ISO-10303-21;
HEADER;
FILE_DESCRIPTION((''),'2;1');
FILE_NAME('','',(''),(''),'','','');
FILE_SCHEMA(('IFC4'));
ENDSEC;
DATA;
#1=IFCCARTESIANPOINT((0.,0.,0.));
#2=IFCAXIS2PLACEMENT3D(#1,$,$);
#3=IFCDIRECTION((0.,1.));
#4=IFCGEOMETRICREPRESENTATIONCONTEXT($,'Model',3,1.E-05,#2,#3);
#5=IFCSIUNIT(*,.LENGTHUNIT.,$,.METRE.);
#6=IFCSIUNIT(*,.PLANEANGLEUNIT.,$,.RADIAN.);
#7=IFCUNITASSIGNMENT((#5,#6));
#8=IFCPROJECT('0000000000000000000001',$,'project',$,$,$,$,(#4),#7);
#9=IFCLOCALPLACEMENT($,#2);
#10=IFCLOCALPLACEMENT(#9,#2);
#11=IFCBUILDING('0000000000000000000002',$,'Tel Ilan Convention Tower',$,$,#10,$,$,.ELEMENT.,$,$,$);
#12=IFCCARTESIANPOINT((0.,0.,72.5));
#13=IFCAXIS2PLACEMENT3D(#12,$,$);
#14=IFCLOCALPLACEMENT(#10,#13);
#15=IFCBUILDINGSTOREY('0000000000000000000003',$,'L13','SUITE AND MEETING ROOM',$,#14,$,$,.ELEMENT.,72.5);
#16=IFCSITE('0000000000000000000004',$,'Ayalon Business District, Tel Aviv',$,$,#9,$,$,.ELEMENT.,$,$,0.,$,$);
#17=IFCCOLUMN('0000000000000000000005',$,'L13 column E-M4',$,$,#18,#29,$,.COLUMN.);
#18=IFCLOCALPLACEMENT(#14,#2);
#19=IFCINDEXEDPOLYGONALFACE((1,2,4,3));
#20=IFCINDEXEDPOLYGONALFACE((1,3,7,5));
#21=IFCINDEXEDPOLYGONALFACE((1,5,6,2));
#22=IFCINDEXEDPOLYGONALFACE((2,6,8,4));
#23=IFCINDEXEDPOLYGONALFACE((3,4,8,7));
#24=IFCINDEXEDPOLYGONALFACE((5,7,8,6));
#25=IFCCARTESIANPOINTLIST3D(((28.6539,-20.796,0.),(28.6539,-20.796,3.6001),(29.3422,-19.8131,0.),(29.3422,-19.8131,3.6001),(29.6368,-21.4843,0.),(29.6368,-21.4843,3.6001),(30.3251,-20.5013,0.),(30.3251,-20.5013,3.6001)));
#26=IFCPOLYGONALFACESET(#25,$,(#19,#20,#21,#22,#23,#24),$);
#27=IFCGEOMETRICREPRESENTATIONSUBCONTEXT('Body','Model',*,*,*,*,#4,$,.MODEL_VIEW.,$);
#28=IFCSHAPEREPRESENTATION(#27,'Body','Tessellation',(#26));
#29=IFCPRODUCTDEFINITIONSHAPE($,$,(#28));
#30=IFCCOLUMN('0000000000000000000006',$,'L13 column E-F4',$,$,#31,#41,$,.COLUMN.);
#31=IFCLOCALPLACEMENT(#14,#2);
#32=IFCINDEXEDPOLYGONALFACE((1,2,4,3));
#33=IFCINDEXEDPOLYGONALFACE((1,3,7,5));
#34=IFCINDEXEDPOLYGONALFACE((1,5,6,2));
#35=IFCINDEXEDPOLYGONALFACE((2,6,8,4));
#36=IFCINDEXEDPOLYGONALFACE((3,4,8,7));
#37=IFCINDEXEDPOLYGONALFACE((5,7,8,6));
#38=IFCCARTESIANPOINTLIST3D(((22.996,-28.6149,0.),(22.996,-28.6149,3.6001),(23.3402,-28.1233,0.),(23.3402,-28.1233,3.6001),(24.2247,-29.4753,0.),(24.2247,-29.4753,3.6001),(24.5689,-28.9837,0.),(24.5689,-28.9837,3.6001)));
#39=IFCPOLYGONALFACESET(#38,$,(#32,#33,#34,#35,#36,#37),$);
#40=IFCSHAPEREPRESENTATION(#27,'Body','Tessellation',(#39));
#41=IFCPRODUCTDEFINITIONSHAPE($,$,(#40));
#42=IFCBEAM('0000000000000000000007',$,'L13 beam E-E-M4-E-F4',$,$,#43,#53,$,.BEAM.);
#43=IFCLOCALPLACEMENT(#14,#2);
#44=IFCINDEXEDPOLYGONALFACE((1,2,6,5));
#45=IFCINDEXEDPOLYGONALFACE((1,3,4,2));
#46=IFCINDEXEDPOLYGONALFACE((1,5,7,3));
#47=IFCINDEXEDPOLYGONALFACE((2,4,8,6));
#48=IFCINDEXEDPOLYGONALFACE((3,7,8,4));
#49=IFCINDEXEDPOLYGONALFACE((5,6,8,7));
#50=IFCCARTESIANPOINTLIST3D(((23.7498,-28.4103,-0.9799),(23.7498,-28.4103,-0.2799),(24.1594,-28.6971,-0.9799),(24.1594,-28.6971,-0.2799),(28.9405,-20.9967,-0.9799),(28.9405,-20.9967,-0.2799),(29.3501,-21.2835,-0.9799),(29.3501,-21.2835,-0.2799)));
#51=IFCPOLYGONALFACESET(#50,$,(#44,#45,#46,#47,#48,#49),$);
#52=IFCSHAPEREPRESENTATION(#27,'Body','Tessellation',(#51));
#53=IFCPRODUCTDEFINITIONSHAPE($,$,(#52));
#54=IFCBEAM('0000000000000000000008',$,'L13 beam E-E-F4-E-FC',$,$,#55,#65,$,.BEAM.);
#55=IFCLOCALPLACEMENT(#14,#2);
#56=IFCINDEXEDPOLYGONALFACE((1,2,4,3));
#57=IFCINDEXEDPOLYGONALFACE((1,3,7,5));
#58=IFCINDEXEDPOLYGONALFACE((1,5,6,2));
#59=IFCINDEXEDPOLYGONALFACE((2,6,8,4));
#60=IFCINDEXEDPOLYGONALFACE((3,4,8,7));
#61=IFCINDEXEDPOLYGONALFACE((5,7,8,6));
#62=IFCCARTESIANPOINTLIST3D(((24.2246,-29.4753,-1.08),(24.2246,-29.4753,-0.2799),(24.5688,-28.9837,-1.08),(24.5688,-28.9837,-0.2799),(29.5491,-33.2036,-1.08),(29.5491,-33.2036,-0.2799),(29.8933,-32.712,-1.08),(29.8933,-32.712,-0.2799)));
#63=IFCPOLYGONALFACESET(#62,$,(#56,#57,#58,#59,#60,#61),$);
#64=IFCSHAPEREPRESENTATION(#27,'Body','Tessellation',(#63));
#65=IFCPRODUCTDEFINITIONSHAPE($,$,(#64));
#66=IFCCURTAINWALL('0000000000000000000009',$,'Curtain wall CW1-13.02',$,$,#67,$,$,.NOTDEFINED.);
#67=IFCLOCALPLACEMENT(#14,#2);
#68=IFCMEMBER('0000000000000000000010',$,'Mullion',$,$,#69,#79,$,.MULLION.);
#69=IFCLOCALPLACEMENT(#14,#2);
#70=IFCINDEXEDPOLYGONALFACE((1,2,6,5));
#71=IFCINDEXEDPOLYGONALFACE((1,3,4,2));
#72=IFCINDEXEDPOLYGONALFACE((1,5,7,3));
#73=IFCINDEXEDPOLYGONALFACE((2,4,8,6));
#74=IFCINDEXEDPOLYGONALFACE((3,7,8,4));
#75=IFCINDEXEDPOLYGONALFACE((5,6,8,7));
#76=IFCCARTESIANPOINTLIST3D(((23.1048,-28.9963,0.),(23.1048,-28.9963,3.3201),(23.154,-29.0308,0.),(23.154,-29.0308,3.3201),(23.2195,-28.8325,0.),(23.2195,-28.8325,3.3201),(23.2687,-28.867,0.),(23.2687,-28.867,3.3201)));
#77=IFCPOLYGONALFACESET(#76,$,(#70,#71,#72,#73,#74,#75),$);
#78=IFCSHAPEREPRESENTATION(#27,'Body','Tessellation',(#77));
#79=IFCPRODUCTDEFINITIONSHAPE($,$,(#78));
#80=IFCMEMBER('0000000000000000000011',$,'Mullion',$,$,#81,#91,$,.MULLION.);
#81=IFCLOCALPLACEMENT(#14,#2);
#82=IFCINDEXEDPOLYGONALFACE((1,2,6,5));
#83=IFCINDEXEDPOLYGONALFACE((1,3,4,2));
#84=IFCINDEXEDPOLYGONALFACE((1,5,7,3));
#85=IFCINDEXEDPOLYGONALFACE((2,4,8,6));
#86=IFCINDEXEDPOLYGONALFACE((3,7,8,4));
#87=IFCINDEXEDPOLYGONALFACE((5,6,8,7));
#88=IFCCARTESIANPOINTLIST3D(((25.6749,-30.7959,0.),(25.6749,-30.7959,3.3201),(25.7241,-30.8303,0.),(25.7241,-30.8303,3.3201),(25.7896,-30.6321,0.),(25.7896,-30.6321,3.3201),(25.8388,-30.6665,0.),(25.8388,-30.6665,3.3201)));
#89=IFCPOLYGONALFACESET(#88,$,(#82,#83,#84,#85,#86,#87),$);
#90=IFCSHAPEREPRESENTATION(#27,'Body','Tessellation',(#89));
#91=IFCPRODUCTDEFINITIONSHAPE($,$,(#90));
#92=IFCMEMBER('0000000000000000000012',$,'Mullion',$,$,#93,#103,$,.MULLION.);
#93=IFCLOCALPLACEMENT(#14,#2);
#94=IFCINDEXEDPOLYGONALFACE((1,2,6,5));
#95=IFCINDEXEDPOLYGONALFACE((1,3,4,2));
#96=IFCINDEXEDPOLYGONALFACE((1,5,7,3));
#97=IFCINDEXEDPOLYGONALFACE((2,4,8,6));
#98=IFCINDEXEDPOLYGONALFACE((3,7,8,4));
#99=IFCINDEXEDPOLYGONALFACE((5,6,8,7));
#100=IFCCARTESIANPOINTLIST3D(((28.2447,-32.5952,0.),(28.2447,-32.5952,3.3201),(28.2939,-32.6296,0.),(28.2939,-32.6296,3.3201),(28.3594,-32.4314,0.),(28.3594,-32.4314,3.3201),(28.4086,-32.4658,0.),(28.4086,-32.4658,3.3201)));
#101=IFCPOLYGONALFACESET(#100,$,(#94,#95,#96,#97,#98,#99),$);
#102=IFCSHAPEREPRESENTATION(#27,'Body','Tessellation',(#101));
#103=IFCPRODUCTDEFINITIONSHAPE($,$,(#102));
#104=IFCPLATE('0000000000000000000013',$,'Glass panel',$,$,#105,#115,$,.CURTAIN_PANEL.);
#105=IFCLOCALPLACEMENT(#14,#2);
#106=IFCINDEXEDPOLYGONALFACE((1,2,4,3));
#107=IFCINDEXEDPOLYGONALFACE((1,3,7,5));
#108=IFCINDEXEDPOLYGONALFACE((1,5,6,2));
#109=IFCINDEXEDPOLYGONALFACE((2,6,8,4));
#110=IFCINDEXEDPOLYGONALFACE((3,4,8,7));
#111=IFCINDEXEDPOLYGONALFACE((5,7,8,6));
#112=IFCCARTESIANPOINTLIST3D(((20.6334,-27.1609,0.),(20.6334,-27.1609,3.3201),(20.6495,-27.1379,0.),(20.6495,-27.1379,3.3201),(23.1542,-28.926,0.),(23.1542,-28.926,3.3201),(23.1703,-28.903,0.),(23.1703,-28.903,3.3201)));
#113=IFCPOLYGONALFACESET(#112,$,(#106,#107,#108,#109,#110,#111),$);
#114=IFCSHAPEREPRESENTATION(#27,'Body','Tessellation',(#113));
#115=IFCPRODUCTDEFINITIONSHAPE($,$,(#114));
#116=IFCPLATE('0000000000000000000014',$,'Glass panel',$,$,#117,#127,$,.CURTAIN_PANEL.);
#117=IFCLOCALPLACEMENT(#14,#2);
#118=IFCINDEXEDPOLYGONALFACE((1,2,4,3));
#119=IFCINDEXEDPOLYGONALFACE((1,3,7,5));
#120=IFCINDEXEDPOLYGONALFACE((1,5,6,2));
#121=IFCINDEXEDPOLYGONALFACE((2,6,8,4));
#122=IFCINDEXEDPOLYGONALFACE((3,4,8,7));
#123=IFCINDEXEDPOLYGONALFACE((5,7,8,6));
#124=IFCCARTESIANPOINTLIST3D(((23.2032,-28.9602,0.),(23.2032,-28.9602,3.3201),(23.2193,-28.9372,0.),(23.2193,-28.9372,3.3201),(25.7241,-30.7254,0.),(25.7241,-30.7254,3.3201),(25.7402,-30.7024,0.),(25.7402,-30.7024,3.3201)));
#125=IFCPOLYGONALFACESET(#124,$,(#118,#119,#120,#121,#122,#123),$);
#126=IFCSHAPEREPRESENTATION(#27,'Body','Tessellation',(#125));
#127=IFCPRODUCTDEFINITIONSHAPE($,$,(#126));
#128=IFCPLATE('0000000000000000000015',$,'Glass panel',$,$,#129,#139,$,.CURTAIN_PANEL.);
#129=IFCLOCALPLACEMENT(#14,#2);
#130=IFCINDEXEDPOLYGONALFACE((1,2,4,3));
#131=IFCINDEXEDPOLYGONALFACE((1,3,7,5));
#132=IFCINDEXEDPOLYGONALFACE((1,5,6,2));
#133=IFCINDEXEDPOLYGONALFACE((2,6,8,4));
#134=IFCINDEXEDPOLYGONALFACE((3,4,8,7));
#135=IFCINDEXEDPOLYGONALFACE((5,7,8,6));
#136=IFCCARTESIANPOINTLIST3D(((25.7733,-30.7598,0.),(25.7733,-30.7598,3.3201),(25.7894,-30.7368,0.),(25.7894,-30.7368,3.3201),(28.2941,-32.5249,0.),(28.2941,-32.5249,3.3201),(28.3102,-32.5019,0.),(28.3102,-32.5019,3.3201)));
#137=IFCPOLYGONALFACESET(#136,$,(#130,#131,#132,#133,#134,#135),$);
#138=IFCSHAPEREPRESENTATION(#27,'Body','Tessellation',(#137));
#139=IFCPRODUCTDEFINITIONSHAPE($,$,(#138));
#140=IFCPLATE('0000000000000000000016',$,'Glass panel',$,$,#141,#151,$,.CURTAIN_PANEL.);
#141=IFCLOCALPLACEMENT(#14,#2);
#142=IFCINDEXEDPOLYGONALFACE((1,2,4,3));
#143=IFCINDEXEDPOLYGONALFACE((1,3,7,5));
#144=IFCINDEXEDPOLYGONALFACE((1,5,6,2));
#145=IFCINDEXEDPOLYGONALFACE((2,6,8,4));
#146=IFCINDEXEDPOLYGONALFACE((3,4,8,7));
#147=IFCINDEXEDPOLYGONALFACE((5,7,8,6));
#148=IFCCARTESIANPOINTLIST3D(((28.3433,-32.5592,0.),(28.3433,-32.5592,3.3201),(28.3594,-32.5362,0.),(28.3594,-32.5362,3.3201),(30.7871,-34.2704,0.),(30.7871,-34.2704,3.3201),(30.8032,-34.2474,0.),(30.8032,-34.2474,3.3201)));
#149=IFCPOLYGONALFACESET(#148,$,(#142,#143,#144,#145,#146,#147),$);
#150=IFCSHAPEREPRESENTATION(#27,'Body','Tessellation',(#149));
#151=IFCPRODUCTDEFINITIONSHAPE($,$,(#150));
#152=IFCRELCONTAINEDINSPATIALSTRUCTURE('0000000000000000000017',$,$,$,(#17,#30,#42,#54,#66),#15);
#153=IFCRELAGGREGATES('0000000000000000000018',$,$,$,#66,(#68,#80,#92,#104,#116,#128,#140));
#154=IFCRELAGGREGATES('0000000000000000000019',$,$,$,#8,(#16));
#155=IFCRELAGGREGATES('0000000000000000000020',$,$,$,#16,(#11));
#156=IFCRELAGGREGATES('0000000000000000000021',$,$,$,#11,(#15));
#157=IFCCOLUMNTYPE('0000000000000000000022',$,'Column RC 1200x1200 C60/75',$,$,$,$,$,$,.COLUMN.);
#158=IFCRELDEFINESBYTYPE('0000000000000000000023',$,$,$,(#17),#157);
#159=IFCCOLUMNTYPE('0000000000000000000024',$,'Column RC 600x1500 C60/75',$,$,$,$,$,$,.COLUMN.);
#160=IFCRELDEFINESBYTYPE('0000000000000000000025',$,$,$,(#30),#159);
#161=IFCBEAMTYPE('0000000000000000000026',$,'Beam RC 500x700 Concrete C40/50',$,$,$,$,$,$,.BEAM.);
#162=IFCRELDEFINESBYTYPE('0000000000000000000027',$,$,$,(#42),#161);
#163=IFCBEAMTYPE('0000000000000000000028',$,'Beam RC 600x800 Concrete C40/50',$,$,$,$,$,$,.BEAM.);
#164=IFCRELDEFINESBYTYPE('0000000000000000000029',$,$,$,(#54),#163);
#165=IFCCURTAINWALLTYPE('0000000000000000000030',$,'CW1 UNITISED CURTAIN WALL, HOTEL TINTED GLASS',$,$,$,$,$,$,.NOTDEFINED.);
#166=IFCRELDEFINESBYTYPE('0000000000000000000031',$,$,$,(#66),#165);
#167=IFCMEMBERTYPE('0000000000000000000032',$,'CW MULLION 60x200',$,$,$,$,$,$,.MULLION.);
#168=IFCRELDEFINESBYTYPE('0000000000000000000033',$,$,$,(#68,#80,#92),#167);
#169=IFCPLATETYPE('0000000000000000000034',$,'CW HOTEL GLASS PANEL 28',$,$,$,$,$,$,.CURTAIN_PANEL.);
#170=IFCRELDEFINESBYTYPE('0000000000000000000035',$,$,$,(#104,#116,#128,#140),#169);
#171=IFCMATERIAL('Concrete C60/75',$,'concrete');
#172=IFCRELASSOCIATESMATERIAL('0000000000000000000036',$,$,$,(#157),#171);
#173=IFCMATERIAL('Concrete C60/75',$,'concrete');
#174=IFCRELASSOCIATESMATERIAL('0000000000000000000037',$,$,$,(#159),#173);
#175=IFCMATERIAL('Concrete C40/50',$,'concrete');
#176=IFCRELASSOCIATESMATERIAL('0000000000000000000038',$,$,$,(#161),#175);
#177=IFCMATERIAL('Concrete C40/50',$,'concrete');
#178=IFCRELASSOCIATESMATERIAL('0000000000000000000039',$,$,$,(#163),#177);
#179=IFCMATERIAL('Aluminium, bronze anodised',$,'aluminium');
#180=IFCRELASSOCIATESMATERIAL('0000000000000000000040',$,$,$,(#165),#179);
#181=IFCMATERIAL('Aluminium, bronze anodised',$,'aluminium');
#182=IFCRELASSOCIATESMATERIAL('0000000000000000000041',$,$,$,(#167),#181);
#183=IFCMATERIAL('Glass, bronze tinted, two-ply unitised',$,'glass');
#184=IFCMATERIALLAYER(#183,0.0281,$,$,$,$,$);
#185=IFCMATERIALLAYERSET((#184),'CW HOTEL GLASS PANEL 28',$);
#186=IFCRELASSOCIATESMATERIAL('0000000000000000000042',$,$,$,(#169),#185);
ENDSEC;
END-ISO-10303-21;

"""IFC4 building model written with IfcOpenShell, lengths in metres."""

from ifc_helpers import new_model, si_unit, direction, frame, origin, origin_2d, place, context, subcontext, project, spatial, rectangle, extrude, material, layer, layer_set, material_profile, profile_set, type_object, element, aggregate, save


model = new_model("IFC4")

# Units and contexts
model_context = context("Model", 3, precision=1e-05, world=origin(), true_north=direction((0.0, 1.0)))
body_context = subcontext(model_context, "Body", "Model", "MODEL_VIEW")
ifc_project = project(units=[si_unit("LENGTHUNIT", "METRE"), si_unit("PLANEANGLEUNIT", "RADIAN")], contexts=[model_context])

# Site, building, storey
site_placement = place(None, origin())
site = spatial("IfcSite", under=ifc_project, at=site_placement, Name="Ayalon Business District, Tel Aviv", CompositionType="ELEMENT", RefElevation=0.0)
building_placement = place(site_placement, origin())
building = spatial("IfcBuilding", under=site, at=building_placement, Name="Tel Ilan Convention Tower", CompositionType="ELEMENT")
storey_placement = place(building_placement, frame((0.0, 0.0, 72.5)))
storey = spatial("IfcBuildingStorey", under=building, at=storey_placement, Name="L13", Description="SUITE AND MEETING ROOM", CompositionType="ELEMENT", Elevation=72.5)

# Columns
ifc_material_1 = material(Name="Concrete C60/75", Category="concrete")
ifc_material_profile_1 = material_profile(ifc_material_1, rectangle(XDim=1.2, YDim=1.2, at=origin_2d()), Name="RC 1200x1200")
ifc_profile_set_1 = profile_set([ifc_material_profile_1], Name="Concrete C60/75")
column_type_1 = type_object("IfcColumnType", Name="Column RC 1200x1200 C60/75", PredefinedType="COLUMN", material=ifc_profile_set_1)
column_1_placement = place(storey_placement, frame((29.4895, -20.6487, 0.0), z_axis=(0.0, 0.0, 1.0), x_axis=(0.819152, -0.573576, 0.0)))
element("IfcColumn", 1, at=column_1_placement, inside=storey, type_object=column_type_1, Name="L13 column E-M4", PredefinedType="COLUMN", context=body_context, shape_type="SweptSolid", body=[
    extrude(rectangle(XDim=1.2, YDim=1.2, at=origin_2d()), origin(), (0.0, 0.0, 1.0), 3.6001),
])
ifc_material_2 = material(Name="Concrete C60/75", Category="concrete")
ifc_material_profile_2 = material_profile(ifc_material_2, rectangle(XDim=1.5, YDim=0.6001, at=origin_2d()), Name="RC 600x1500")
ifc_profile_set_2 = profile_set([ifc_material_profile_2], Name="Concrete C60/75")
column_type_2 = type_object("IfcColumnType", Name="Column RC 600x1500 C60/75", PredefinedType="COLUMN", material=ifc_profile_set_2)
column_2_placement = place(storey_placement, frame((23.7825, -28.7993, 0.0), z_axis=(0.0, 0.0, 1.0), x_axis=(0.819152, -0.573576, 0.0)))
element("IfcColumn", 2, at=column_2_placement, inside=storey, type_object=column_type_2, Name="L13 column E-F4", PredefinedType="COLUMN", context=body_context, shape_type="SweptSolid", body=[
    extrude(rectangle(XDim=1.5, YDim=0.6001, at=origin_2d()), origin(), (0.0, 0.0, 1.0), 3.6001),
])

# Beams
ifc_material_3 = material(Name="Concrete C40/50", Category="concrete")
ifc_material_profile_3 = material_profile(ifc_material_3, rectangle(XDim=0.5, YDim=0.7, at=origin_2d()), Name="RC 500x700")
ifc_profile_set_3 = profile_set([ifc_material_profile_3], Name="Concrete C40/50")
beam_type_1 = type_object("IfcBeamType", Name="Beam RC 500x700 Concrete C40/50", PredefinedType="BEAM", material=ifc_profile_set_3)
beam_1_placement = place(storey_placement, frame((29.1453, -21.1401, -0.6299), z_axis=(-0.573549, -0.819171, 0.0), x_axis=(0.819171, -0.573549, 0.0)))
element("IfcBeam", 3, at=beam_1_placement, inside=storey, type_object=beam_type_1, Name="L13 beam E-E-M4-E-F4", PredefinedType="BEAM", context=body_context, shape_type="SweptSolid", body=[
    extrude(rectangle(XDim=0.5, YDim=0.7, at=origin_2d()), origin(), (0.0, 0.0, 1.0), 9.05),
])
ifc_material_4 = material(Name="Concrete C40/50", Category="concrete")
ifc_material_profile_4 = material_profile(ifc_material_4, rectangle(XDim=0.6001, YDim=0.8, at=origin_2d()), Name="RC 600x800")
ifc_profile_set_4 = profile_set([ifc_material_profile_4], Name="Concrete C40/50")
beam_type_2 = type_object("IfcBeamType", Name="Beam RC 600x800 Concrete C40/50", PredefinedType="BEAM", material=ifc_profile_set_4)
beam_2_placement = place(storey_placement, frame((24.3967, -29.2295, -0.6799), z_axis=(0.819149, -0.573581, 0.0), x_axis=(0.573581, 0.819149, 0.0)))
element("IfcBeam", 4, at=beam_2_placement, inside=storey, type_object=beam_type_2, Name="L13 beam E-E-F4-E-FC", PredefinedType="BEAM", context=body_context, shape_type="SweptSolid", body=[
    extrude(rectangle(XDim=0.6001, YDim=0.8, at=origin_2d()), origin(), (0.0, 0.0, 1.0), 6.5),
])

# Curtain wall, members, plates
ifc_material_5 = material(Name="Aluminium, bronze anodised", Category="aluminium")
curtain_wall_type = type_object("IfcCurtainWallType", Name="CW1 UNITISED CURTAIN WALL, HOTEL TINTED GLASS", PredefinedType="NOTDEFINED", material=ifc_material_5)
curtain_wall_placement = place(storey_placement, origin())
curtain_wall = element("IfcCurtainWall", 5, at=curtain_wall_placement, inside=storey, type_object=curtain_wall_type, Name="Curtain wall CW1-13.02", PredefinedType="NOTDEFINED")
ifc_material_6 = material(Name="Aluminium, bronze anodised", Category="aluminium")
ifc_material_profile_5 = material_profile(ifc_material_6, rectangle(XDim=0.0601, YDim=0.2, at=origin_2d()), Name="CW MULLION 60x200")
ifc_profile_set_5 = profile_set([ifc_material_profile_5], Name="Aluminium, bronze anodised")
member_type = type_object("IfcMemberType", Name="CW MULLION 60x200", PredefinedType="MULLION", material=ifc_profile_set_5)
member_1_placement = place(storey_placement, frame((23.1868, -28.9316, 0.0), z_axis=(0.0, 0.0, 1.0), x_axis=(0.819152, -0.573576, 0.0)))
member_1 = element("IfcMember", 6, at=member_1_placement, type_object=member_type, Name="Mullion", PredefinedType="MULLION", context=body_context, shape_type="SweptSolid", body=[
    extrude(rectangle(XDim=0.0601, YDim=0.2, at=origin_2d()), origin(), (0.0, 0.0, 1.0), 3.3201),
])
member_2_placement = place(storey_placement, frame((25.7568, -30.7312, 0.0), z_axis=(0.0, 0.0, 1.0), x_axis=(0.819152, -0.573576, 0.0)))
member_2 = element("IfcMember", 7, at=member_2_placement, type_object=member_type, Name="Mullion", PredefinedType="MULLION", context=body_context, shape_type="SweptSolid", body=[
    extrude(rectangle(XDim=0.0601, YDim=0.2, at=origin_2d()), origin(), (0.0, 0.0, 1.0), 3.3201),
])
member_3_placement = place(storey_placement, frame((28.3267, -32.5305, 0.0), z_axis=(0.0, 0.0, 1.0), x_axis=(0.819152, -0.573576, 0.0)))
member_3 = element("IfcMember", 8, at=member_3_placement, type_object=member_type, Name="Mullion", PredefinedType="MULLION", context=body_context, shape_type="SweptSolid", body=[
    extrude(rectangle(XDim=0.0601, YDim=0.2, at=origin_2d()), origin(), (0.0, 0.0, 1.0), 3.3201),
])
ifc_material_7 = material(Name="Glass, bronze tinted, two-ply unitised", Category="glass")
ifc_layer_1 = layer(ifc_material_7, 0.0281)
ifc_layer_set_1 = layer_set([ifc_layer_1], Name="CW HOTEL GLASS PANEL 28")
plate_type = type_object("IfcPlateType", Name="CW HOTEL GLASS PANEL 28", PredefinedType="CURTAIN_PANEL", material=ifc_layer_set_1)
plate_1_placement = place(storey_placement, frame((21.9019, -28.032, 0.0), z_axis=(0.0, 0.0, 1.0), x_axis=(0.819152, -0.573576, 0.0)))
plate_1 = element("IfcPlate", 9, at=plate_1_placement, type_object=plate_type, Name="Glass panel", PredefinedType="CURTAIN_PANEL", context=body_context, shape_type="SweptSolid", body=[
    extrude(rectangle(XDim=3.0774, YDim=0.0281, at=origin_2d()), origin(), (0.0, 0.0, 1.0), 3.3201),
])
plate_2_placement = place(storey_placement, frame((24.4717, -29.8313, 0.0), z_axis=(0.0, 0.0, 1.0), x_axis=(0.819152, -0.573576, 0.0)))
plate_2 = element("IfcPlate", 10, at=plate_2_placement, type_object=plate_type, Name="Glass panel", PredefinedType="CURTAIN_PANEL", context=body_context, shape_type="SweptSolid", body=[
    extrude(rectangle(XDim=3.0774, YDim=0.0281, at=origin_2d()), origin(), (0.0, 0.0, 1.0), 3.3201),
])
plate_3_placement = place(storey_placement, frame((27.0417, -31.6309, 0.0), z_axis=(0.0, 0.0, 1.0), x_axis=(0.819152, -0.573576, 0.0)))
plate_3 = element("IfcPlate", 11, at=plate_3_placement, type_object=plate_type, Name="Glass panel", PredefinedType="CURTAIN_PANEL", context=body_context, shape_type="SweptSolid", body=[
    extrude(rectangle(XDim=3.0774, YDim=0.0281, at=origin_2d()), origin(), (0.0, 0.0, 1.0), 3.3201),
])
plate_4_placement = place(storey_placement, frame((29.5732, -33.4033, 0.0), z_axis=(0.0, 0.0, 1.0), x_axis=(0.819152, -0.573576, 0.0)))
plate_4 = element("IfcPlate", 12, at=plate_4_placement, type_object=plate_type, Name="Glass panel", PredefinedType="CURTAIN_PANEL", context=body_context, shape_type="SweptSolid", body=[
    extrude(rectangle(XDim=2.9834, YDim=0.0281, at=origin_2d()), origin(), (0.0, 0.0, 1.0), 3.3201),
])
aggregate(curtain_wall, [member_1, member_2, member_3, plate_1, plate_2, plate_3, plate_4])

save(model, "model.ifc")
